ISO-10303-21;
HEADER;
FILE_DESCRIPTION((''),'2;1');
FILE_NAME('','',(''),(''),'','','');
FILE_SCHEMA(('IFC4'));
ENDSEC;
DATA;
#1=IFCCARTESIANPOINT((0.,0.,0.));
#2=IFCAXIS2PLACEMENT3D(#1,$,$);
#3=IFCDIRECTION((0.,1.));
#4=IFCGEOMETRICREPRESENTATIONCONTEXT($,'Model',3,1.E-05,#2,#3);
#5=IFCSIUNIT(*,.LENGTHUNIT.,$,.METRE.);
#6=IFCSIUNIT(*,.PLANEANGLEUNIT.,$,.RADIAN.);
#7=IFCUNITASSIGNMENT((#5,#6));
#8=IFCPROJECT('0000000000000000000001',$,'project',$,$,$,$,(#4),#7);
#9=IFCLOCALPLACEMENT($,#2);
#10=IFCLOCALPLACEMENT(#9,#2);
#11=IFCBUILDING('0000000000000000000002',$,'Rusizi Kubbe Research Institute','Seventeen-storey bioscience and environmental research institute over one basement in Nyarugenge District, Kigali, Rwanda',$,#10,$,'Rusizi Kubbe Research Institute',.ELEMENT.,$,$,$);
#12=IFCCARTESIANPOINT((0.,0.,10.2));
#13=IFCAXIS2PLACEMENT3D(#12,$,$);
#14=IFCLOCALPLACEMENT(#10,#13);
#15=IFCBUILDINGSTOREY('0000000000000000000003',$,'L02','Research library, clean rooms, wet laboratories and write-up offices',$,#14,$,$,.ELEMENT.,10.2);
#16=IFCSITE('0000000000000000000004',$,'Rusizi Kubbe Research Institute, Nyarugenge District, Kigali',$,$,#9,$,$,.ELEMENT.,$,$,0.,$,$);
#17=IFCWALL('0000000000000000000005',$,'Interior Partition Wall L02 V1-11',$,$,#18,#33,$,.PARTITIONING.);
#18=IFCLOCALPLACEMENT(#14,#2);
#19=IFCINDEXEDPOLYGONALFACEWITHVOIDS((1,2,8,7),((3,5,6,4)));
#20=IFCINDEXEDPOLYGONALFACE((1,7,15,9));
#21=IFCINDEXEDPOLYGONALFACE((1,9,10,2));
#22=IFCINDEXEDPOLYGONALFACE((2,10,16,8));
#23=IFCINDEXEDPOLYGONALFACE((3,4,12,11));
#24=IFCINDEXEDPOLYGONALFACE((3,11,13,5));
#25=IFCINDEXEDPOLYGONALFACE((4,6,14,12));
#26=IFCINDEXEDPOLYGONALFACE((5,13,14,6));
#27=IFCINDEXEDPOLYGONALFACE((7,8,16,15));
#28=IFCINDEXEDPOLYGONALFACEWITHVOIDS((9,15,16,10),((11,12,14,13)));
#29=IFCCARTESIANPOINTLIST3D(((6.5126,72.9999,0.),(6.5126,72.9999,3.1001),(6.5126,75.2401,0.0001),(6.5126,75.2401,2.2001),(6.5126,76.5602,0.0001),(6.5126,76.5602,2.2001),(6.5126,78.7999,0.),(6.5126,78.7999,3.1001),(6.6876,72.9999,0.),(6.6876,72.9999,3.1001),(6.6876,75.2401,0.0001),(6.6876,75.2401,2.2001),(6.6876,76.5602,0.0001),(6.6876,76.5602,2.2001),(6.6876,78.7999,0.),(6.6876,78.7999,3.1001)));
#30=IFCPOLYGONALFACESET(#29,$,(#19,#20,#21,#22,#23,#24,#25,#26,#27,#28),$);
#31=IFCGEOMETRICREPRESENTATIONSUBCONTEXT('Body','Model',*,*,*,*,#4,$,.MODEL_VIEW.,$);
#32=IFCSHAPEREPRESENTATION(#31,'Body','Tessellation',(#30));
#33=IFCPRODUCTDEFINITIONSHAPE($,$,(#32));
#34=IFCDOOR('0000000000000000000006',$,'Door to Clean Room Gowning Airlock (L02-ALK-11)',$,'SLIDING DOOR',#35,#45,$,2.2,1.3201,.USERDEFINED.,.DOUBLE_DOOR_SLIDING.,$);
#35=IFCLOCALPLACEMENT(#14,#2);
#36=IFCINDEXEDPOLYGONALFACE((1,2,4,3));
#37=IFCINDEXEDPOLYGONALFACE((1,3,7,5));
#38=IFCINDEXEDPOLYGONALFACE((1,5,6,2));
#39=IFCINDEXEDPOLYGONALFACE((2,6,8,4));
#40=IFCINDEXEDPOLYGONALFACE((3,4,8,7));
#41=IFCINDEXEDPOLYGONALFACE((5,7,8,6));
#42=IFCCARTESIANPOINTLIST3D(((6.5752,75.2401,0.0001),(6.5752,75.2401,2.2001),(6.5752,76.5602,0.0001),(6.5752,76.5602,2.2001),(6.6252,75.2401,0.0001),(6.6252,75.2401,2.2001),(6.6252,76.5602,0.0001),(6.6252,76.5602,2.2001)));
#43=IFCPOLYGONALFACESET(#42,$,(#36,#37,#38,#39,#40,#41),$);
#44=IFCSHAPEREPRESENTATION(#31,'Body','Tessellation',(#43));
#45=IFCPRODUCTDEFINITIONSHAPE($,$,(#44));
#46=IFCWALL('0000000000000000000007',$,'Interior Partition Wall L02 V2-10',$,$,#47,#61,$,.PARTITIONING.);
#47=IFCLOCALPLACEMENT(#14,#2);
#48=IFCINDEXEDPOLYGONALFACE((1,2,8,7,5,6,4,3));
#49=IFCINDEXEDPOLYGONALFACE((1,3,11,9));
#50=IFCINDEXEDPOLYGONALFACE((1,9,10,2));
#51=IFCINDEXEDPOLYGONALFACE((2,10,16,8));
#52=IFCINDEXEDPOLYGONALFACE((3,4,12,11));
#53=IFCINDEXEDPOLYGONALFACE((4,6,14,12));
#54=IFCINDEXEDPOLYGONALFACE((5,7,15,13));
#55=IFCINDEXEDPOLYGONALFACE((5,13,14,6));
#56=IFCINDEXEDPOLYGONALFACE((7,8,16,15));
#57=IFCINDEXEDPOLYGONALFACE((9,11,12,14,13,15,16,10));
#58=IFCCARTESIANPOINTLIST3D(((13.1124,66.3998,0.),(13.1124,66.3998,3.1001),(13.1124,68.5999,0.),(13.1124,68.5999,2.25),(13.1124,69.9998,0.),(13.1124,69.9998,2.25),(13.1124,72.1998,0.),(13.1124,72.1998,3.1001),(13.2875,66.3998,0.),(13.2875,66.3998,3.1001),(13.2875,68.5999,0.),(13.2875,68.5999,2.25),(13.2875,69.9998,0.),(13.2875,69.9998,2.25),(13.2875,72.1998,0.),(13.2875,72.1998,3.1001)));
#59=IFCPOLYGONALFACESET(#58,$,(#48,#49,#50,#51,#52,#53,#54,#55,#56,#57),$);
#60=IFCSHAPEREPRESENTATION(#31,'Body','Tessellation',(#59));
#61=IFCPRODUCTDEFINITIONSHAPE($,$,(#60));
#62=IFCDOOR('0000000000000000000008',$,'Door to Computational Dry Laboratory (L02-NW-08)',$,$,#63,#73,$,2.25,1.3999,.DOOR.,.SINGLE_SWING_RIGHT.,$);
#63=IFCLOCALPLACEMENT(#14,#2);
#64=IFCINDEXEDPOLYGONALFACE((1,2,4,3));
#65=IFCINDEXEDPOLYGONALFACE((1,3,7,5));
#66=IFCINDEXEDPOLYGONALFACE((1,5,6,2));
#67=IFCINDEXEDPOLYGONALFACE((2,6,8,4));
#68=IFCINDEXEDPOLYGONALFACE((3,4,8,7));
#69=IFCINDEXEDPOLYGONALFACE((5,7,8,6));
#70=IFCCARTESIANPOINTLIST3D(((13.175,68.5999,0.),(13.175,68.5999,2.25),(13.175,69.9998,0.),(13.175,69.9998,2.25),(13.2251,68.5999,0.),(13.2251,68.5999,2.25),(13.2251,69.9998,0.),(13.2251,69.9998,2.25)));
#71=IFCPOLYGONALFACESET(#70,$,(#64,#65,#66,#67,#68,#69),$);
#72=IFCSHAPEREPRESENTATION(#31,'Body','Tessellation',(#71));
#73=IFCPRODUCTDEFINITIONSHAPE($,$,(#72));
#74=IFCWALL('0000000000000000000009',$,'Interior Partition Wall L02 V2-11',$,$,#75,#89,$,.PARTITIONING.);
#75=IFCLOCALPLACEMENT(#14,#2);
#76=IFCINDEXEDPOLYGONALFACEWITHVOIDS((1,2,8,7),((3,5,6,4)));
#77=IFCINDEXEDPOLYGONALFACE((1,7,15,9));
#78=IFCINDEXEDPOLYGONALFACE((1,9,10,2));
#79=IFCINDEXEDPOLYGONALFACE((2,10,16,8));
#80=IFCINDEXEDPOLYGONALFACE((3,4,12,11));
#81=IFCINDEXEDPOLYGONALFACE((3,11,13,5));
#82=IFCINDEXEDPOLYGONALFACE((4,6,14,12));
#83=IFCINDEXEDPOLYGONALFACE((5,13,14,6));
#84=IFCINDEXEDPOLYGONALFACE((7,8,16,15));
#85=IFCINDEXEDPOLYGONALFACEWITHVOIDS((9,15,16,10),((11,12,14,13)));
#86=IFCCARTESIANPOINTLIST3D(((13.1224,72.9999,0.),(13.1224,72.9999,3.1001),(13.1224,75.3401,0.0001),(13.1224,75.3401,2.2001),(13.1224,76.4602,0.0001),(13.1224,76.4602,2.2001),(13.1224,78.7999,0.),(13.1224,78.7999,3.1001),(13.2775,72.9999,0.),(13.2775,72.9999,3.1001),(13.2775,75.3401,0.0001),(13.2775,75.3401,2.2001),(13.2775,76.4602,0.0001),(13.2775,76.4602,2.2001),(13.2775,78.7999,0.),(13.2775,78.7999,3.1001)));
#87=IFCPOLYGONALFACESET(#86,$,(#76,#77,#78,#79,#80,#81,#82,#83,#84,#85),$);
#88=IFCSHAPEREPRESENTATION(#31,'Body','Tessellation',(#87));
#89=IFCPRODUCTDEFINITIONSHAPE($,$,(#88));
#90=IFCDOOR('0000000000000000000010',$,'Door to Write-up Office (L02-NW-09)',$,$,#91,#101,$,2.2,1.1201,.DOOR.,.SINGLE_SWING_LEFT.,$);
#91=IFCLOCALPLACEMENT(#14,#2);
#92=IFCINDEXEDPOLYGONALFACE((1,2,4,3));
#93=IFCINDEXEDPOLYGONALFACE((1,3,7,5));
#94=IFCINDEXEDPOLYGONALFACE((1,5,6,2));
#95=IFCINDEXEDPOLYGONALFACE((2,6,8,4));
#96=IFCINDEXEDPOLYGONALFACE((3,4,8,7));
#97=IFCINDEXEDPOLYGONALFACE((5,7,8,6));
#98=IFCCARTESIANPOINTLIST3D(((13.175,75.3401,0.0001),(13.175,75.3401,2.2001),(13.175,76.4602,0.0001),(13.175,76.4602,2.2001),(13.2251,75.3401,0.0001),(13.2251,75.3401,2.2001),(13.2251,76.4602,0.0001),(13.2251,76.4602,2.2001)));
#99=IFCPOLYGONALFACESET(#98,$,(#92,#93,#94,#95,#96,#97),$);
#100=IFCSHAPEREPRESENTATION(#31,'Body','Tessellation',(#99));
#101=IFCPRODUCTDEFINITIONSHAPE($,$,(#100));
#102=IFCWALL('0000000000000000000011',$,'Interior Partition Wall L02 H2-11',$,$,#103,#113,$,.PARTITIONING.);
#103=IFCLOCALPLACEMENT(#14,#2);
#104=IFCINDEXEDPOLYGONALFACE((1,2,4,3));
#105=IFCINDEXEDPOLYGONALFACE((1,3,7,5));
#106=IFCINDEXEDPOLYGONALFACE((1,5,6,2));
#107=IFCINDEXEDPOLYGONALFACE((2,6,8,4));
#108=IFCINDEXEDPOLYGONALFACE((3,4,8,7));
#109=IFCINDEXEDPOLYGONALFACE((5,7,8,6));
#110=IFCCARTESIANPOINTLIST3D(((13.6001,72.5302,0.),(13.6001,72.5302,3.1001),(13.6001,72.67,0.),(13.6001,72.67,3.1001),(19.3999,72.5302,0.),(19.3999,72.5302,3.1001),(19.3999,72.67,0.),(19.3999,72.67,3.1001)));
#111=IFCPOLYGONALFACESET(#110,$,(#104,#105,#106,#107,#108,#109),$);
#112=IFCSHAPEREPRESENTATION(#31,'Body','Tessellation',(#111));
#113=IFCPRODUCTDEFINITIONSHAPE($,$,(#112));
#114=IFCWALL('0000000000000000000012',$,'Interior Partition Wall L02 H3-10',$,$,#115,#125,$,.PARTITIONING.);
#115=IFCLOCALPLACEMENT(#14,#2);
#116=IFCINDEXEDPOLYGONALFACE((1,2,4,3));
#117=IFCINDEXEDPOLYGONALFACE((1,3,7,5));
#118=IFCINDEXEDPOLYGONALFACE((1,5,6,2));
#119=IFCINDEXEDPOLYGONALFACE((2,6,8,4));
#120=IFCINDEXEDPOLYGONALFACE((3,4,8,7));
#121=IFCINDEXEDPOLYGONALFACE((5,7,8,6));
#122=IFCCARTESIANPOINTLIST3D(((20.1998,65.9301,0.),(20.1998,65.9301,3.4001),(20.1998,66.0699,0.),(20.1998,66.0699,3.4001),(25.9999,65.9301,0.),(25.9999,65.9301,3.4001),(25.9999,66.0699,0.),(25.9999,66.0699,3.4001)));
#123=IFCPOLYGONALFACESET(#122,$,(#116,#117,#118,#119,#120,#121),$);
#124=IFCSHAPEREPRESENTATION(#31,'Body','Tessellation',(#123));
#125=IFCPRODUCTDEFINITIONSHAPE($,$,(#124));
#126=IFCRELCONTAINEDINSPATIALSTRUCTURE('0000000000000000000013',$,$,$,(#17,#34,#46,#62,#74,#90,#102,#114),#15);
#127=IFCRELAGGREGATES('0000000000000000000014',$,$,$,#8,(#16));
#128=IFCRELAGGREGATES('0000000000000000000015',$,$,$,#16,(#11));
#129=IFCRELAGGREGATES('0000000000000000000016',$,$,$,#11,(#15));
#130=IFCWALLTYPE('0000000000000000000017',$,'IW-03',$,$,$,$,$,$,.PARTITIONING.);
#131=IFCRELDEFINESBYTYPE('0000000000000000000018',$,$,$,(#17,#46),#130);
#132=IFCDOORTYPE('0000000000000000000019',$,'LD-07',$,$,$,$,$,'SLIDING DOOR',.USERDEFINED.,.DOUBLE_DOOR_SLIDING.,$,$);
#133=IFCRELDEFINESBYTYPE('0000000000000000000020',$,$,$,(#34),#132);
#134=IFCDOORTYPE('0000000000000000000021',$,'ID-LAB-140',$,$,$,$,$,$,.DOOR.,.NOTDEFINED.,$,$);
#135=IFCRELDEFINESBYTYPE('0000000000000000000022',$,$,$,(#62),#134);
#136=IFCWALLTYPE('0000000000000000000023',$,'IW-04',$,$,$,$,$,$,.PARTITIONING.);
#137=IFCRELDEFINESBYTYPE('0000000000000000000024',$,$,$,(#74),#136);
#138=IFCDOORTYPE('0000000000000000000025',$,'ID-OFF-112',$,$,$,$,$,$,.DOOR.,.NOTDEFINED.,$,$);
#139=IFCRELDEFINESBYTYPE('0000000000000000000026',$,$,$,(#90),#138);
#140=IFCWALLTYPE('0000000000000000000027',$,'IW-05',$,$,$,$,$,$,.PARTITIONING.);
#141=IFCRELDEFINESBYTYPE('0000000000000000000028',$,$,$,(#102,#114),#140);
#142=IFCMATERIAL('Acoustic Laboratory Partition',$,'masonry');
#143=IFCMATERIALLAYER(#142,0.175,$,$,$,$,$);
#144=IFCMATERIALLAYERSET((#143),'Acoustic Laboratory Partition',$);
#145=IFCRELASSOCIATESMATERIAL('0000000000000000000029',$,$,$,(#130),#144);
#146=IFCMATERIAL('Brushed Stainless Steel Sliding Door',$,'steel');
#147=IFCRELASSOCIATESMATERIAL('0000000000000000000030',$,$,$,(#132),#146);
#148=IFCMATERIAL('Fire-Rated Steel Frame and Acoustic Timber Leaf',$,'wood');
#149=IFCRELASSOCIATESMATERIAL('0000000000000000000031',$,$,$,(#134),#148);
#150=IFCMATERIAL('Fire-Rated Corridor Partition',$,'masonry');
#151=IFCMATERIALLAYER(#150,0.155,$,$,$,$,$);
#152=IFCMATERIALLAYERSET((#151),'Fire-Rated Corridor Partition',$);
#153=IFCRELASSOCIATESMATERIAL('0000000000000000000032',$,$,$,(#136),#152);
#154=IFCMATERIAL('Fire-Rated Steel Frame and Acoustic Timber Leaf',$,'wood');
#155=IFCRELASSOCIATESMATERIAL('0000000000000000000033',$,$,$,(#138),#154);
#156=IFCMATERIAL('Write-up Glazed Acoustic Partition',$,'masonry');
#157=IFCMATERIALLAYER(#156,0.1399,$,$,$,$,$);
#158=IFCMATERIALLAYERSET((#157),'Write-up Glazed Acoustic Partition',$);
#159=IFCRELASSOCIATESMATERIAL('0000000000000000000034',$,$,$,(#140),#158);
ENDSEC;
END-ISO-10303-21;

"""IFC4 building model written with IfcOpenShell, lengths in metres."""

from ifc_helpers import new_model, si_unit, direction, frame, frame_2d, origin, place, context, subcontext, project, spatial, rectangle, extrude, material, layer, layer_set, type_object, element, fill, save


model = new_model("IFC4")

# Units and contexts
model_context = context("Model", 3, precision=1e-05, world=origin(), true_north=direction((0.0, 1.0)))
body_context = subcontext(model_context, "Body", "Model", "MODEL_VIEW")
ifc_project = project(units=[si_unit("LENGTHUNIT", "METRE"), si_unit("PLANEANGLEUNIT", "RADIAN")], contexts=[model_context])

# Site, building, storey
site_placement = place(None, origin())
site = spatial("IfcSite", under=ifc_project, at=site_placement, Name="Rusizi Kubbe Research Institute, Nyarugenge District, Kigali", CompositionType="ELEMENT", RefElevation=0.0)
building_placement = place(site_placement, origin())
building = spatial("IfcBuilding", under=site, at=building_placement, Name="Rusizi Kubbe Research Institute", Description="Seventeen-storey bioscience and environmental research institute over one basement in Nyarugenge District, Kigali, Rwanda", LongName="Rusizi Kubbe Research Institute", CompositionType="ELEMENT")
storey_placement = place(building_placement, frame((0.0, 0.0, 10.2)))
storey = spatial("IfcBuildingStorey", under=building, at=storey_placement, Name="L02", Description="Research library, clean rooms, wet laboratories and write-up offices", CompositionType="ELEMENT", Elevation=10.2)

# Walls, openings, doors
ifc_material_1 = material(Name="Acoustic Laboratory Partition", Category="masonry")
ifc_layer_1 = layer(ifc_material_1, 0.175)
ifc_layer_set_1 = layer_set([ifc_layer_1], Name="Acoustic Laboratory Partition")
wall_type_1 = type_object("IfcWallType", Name="IW-03", PredefinedType="PARTITIONING", material=ifc_layer_set_1)
wall_1_placement = place(storey_placement, frame((6.6001, 73.0, 0.0), z_axis=(0.0, 0.0, 1.0), x_axis=(0.0, 1.0, 0.0)))
wall_1 = element("IfcWall", 1, at=wall_1_placement, inside=storey, type_object=wall_type_1, Name="Interior Partition Wall L02 V1-11", PredefinedType="PARTITIONING", context=body_context, shape_type="SweptSolid", body=[
    extrude(rectangle(XDim=5.8, YDim=0.175, at=frame_2d((2.8999, 0.0))), origin(), (0.0, 0.0, 1.0), 3.1001),
])
opening_1_placement = place(wall_1_placement, frame((2.24, 0.0, 0.0)))
opening_1 = element("IfcOpeningElement", 2, at=opening_1_placement, cuts=wall_1, PredefinedType="OPENING", context=body_context, shape_type="SweptSolid", body=[
    extrude(rectangle(XDim=1.3201, YDim=2.2, at=frame_2d((0.6602, 1.1001))), frame((0.0, 0.0974, 0.0), z_axis=(0.0, -1.0, 0.0), x_axis=(1.0, 0.0, 0.0)), (0.0, 0.0, 1.0), 0.1951),
])
ifc_material_2 = material(Name="Brushed Stainless Steel Sliding Door", Category="steel")
door_type_1 = type_object("IfcDoorType", Name="LD-07", ElementType="SLIDING DOOR", OperationType="DOUBLE_DOOR_SLIDING", PredefinedType="USERDEFINED", material=ifc_material_2)
door_1_placement = place(opening_1_placement, origin())
door_1 = element("IfcDoor", 3, at=door_1_placement, inside=storey, type_object=door_type_1, Name="Door to Clean Room Gowning Airlock (L02-ALK-11)", ObjectType="SLIDING DOOR", OperationType="DOUBLE_DOOR_SLIDING", OverallHeight=2.2, OverallWidth=1.3201, PredefinedType="USERDEFINED", context=body_context, shape_type="SweptSolid", body=[
    extrude(rectangle(XDim=1.3201, YDim=2.2, at=frame_2d((0.6602, 1.1001))), frame((0.0, 0.0249, 0.0), z_axis=(0.0, -1.0, 0.0), x_axis=(1.0, 0.0, 0.0)), (0.0, 0.0, 1.0), 0.05),
])
fill(opening_1, door_1)
wall_2_placement = place(storey_placement, frame((13.2, 66.3999, 0.0), z_axis=(0.0, 0.0, 1.0), x_axis=(0.0, 1.0, 0.0)))
wall_2 = element("IfcWall", 4, at=wall_2_placement, inside=storey, type_object=wall_type_1, Name="Interior Partition Wall L02 V2-10", PredefinedType="PARTITIONING", context=body_context, shape_type="SweptSolid", body=[
    extrude(rectangle(XDim=5.8, YDim=0.175, at=frame_2d((2.8999, 0.0))), origin(), (0.0, 0.0, 1.0), 3.1001),
])
opening_2_placement = place(wall_2_placement, frame((2.2, 0.0, 0.0)))
opening_2 = element("IfcOpeningElement", 5, at=opening_2_placement, cuts=wall_2, PredefinedType="OPENING", context=body_context, shape_type="SweptSolid", body=[
    extrude(rectangle(XDim=1.3999, YDim=2.25, at=frame_2d((0.7, 1.125))), frame((0.0, 0.0974, 0.0), z_axis=(0.0, -1.0, 0.0), x_axis=(1.0, 0.0, 0.0)), (0.0, 0.0, 1.0), 0.1951),
])
ifc_material_3 = material(Name="Fire-Rated Steel Frame and Acoustic Timber Leaf", Category="wood")
door_type_2 = type_object("IfcDoorType", Name="ID-LAB-140", OperationType="NOTDEFINED", PredefinedType="DOOR", material=ifc_material_3)
door_2_placement = place(opening_2_placement, origin())
door_2 = element("IfcDoor", 6, at=door_2_placement, inside=storey, type_object=door_type_2, Name="Door to Computational Dry Laboratory (L02-NW-08)", OperationType="SINGLE_SWING_RIGHT", OverallHeight=2.25, OverallWidth=1.3999, PredefinedType="DOOR", context=body_context, shape_type="SweptSolid", body=[
    extrude(rectangle(XDim=1.3999, YDim=2.25, at=frame_2d((0.7, 1.125))), frame((0.0, 0.0249, 0.0), z_axis=(0.0, -1.0, 0.0), x_axis=(1.0, 0.0, 0.0)), (0.0, 0.0, 1.0), 0.05),
])
fill(opening_2, door_2)
ifc_material_4 = material(Name="Fire-Rated Corridor Partition", Category="masonry")
ifc_layer_2 = layer(ifc_material_4, 0.155)
ifc_layer_set_2 = layer_set([ifc_layer_2], Name="Fire-Rated Corridor Partition")
wall_type_2 = type_object("IfcWallType", Name="IW-04", PredefinedType="PARTITIONING", material=ifc_layer_set_2)
wall_3_placement = place(storey_placement, frame((13.2, 73.0, 0.0), z_axis=(0.0, 0.0, 1.0), x_axis=(0.0, 1.0, 0.0)))
wall_3 = element("IfcWall", 7, at=wall_3_placement, inside=storey, type_object=wall_type_2, Name="Interior Partition Wall L02 V2-11", PredefinedType="PARTITIONING", context=body_context, shape_type="SweptSolid", body=[
    extrude(rectangle(XDim=5.8, YDim=0.155, at=frame_2d((2.8999, 0.0))), origin(), (0.0, 0.0, 1.0), 3.1001),
])
opening_3_placement = place(wall_3_placement, frame((2.3401, 0.0, 0.0)))
opening_3 = element("IfcOpeningElement", 8, at=opening_3_placement, cuts=wall_3, PredefinedType="OPENING", context=body_context, shape_type="SweptSolid", body=[
    extrude(rectangle(XDim=1.1201, YDim=2.2, at=frame_2d((0.5601, 1.1001))), frame((0.0, 0.0874, 0.0), z_axis=(0.0, -1.0, 0.0), x_axis=(1.0, 0.0, 0.0)), (0.0, 0.0, 1.0), 0.175),
])
ifc_material_5 = material(Name="Fire-Rated Steel Frame and Acoustic Timber Leaf", Category="wood")
door_type_3 = type_object("IfcDoorType", Name="ID-OFF-112", OperationType="NOTDEFINED", PredefinedType="DOOR", material=ifc_material_5)
door_3_placement = place(opening_3_placement, origin())
door_3 = element("IfcDoor", 9, at=door_3_placement, inside=storey, type_object=door_type_3, Name="Door to Write-up Office (L02-NW-09)", OperationType="SINGLE_SWING_LEFT", OverallHeight=2.2, OverallWidth=1.1201, PredefinedType="DOOR", context=body_context, shape_type="SweptSolid", body=[
    extrude(rectangle(XDim=1.1201, YDim=2.2, at=frame_2d((0.5601, 1.1001))), frame((0.0, 0.0249, 0.0), z_axis=(0.0, -1.0, 0.0), x_axis=(1.0, 0.0, 0.0)), (0.0, 0.0, 1.0), 0.05),
])
fill(opening_3, door_3)

# Walls
ifc_material_6 = material(Name="Write-up Glazed Acoustic Partition", Category="masonry")
ifc_layer_3 = layer(ifc_material_6, 0.1399)
ifc_layer_set_3 = layer_set([ifc_layer_3], Name="Write-up Glazed Acoustic Partition")
wall_type_3 = type_object("IfcWallType", Name="IW-05", PredefinedType="PARTITIONING", material=ifc_layer_set_3)
wall_4_placement = place(storey_placement, frame((13.6001, 72.6001, 0.0), z_axis=(0.0, 0.0, 1.0), x_axis=(1.0, 0.0, 0.0)))
element("IfcWall", 10, at=wall_4_placement, inside=storey, type_object=wall_type_3, Name="Interior Partition Wall L02 H2-11", PredefinedType="PARTITIONING", context=body_context, shape_type="SweptSolid", body=[
    extrude(rectangle(XDim=5.7998, YDim=0.1399, at=frame_2d((2.8999, 0.0))), origin(), (0.0, 0.0, 1.0), 3.1001),
])
wall_5_placement = place(storey_placement, frame((20.2, 66.0, 0.0), z_axis=(0.0, 0.0, 1.0), x_axis=(1.0, 0.0, 0.0)))
element("IfcWall", 11, at=wall_5_placement, inside=storey, type_object=wall_type_3, Name="Interior Partition Wall L02 H3-10", PredefinedType="PARTITIONING", context=body_context, shape_type="SweptSolid", body=[
    extrude(rectangle(XDim=5.8, YDim=0.1399, at=frame_2d((2.8999, 0.0))), origin(), (0.0, 0.0, 1.0), 3.4001),
])

save(model, "model.ifc")
